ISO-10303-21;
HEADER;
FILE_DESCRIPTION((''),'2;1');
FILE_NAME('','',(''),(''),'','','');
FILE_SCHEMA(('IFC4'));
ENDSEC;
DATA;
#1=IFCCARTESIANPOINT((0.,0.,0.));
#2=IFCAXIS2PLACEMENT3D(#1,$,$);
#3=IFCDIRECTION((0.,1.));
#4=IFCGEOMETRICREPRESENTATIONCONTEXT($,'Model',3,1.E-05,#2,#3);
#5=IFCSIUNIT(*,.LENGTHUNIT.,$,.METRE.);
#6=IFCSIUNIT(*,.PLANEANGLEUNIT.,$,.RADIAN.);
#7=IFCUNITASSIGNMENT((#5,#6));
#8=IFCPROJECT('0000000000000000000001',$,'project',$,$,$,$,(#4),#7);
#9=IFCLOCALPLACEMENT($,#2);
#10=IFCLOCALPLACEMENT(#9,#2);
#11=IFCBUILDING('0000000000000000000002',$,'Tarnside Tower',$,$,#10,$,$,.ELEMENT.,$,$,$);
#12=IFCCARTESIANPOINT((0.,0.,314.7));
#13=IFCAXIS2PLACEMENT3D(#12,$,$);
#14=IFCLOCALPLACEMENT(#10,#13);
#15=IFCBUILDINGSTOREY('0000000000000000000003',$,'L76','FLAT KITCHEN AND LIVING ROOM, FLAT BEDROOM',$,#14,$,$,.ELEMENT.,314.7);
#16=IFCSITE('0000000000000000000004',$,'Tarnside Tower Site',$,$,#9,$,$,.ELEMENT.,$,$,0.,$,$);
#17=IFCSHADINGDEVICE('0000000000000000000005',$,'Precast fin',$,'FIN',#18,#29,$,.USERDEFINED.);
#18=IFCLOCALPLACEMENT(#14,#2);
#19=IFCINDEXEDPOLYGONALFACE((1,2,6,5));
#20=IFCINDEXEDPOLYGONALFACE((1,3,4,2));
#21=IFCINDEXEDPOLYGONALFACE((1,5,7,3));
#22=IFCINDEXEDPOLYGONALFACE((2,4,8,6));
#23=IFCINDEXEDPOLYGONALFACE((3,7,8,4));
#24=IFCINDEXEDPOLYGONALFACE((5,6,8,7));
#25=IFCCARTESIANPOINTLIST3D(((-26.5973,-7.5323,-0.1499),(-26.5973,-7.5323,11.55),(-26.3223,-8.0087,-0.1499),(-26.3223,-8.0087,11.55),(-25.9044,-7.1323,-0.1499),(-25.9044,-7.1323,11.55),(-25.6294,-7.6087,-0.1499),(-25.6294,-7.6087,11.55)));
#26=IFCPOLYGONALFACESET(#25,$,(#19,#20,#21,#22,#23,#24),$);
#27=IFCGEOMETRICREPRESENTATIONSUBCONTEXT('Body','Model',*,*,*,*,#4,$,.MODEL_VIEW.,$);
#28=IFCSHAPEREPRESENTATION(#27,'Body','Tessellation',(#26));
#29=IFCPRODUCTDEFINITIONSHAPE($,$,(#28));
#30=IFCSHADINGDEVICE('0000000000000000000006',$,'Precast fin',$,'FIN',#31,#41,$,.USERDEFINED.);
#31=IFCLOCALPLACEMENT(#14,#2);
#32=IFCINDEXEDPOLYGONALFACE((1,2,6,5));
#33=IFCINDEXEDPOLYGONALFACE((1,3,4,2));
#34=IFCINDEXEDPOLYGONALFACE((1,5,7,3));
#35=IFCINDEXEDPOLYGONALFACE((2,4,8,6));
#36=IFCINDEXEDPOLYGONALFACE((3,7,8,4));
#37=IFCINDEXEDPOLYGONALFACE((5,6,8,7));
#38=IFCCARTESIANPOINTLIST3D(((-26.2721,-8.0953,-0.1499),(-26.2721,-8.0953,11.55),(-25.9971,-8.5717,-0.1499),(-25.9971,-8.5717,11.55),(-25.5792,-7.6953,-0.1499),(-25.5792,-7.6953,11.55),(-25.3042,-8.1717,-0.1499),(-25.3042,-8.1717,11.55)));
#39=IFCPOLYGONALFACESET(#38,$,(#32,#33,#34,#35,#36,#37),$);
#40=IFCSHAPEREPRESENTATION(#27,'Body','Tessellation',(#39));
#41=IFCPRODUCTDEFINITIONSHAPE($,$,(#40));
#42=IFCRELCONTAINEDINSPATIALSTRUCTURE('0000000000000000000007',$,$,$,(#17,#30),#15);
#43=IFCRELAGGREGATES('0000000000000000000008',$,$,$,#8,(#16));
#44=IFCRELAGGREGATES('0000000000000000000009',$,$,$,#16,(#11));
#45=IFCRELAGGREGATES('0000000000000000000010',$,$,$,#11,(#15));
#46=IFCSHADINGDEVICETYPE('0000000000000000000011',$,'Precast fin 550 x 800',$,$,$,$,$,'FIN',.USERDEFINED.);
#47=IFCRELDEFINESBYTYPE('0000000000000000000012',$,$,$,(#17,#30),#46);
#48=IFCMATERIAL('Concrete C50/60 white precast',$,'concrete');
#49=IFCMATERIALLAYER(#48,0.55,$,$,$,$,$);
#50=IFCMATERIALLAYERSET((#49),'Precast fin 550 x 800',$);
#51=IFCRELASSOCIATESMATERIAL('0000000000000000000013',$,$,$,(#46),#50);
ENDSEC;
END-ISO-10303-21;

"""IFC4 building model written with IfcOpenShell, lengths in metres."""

from ifc_helpers import new_model, si_unit, direction, frame, origin, place, context, subcontext, project, spatial, polyline, outline, extrude, material, layer, layer_set, type_object, element, save


model = new_model("IFC4")

# Units and contexts
model_context = context("Model", 3, precision=1e-05, world=origin(), true_north=direction((0.0, 1.0)))
body_context = subcontext(model_context, "Body", "Model", "MODEL_VIEW")
ifc_project = project(units=[si_unit("LENGTHUNIT", "METRE"), si_unit("PLANEANGLEUNIT", "RADIAN")], contexts=[model_context])

# Site, building, storey
site_placement = place(None, origin())
site = spatial("IfcSite", under=ifc_project, at=site_placement, Name="Tarnside Tower Site", CompositionType="ELEMENT", RefElevation=0.0)
building_placement = place(site_placement, origin())
building = spatial("IfcBuilding", under=site, at=building_placement, Name="Tarnside Tower", CompositionType="ELEMENT")
storey_placement = place(building_placement, frame((0.0, 0.0, 314.7)))
storey = spatial("IfcBuildingStorey", under=building, at=storey_placement, Name="L76", Description="FLAT KITCHEN AND LIVING ROOM, FLAT BEDROOM", CompositionType="ELEMENT", Elevation=314.7)

# Shading devices
ifc_material_1 = material(Name="Concrete C50/60 white precast", Category="concrete")
ifc_layer_1 = layer(ifc_material_1, 0.55)
ifc_layer_set_1 = layer_set([ifc_layer_1], Name="Precast fin 550 x 800")
shading_device_type_1 = type_object("IfcShadingDeviceType", Name="Precast fin 550 x 800", ElementType="FIN", PredefinedType="USERDEFINED", material=ifc_layer_set_1)
for number, where, z_axis, x_axis, name in (
    (1, (-25.7668, -7.3706, -0.1499), (-0.5, 0.866025, 0.0), (-0.866025, -0.5, 0.0), "Precast fin"),
    (2, (-25.4417, -7.9336, -0.1499), (-0.5, 0.866025, 0.0), (-0.866025, -0.5, 0.0), "Precast fin"),
):
    element("IfcShadingDevice", number, at=place(storey_placement, frame(where, z_axis=z_axis, x_axis=x_axis)), inside=storey, type_object=shading_device_type_1, Name=name, ObjectType="FIN", PredefinedType="USERDEFINED", context=body_context, shape_type="SweptSolid", body=[
        extrude(outline(polyline([(0.0, 0.0), (0.8, 0.0), (0.8, 11.7), (0.0, 11.7), (0.0, 0.0)])), frame((0.0, 0.0, -0.2749)), (0.0, 0.0, 1.0), 0.55),
    ])

save(model, "model.ifc")
